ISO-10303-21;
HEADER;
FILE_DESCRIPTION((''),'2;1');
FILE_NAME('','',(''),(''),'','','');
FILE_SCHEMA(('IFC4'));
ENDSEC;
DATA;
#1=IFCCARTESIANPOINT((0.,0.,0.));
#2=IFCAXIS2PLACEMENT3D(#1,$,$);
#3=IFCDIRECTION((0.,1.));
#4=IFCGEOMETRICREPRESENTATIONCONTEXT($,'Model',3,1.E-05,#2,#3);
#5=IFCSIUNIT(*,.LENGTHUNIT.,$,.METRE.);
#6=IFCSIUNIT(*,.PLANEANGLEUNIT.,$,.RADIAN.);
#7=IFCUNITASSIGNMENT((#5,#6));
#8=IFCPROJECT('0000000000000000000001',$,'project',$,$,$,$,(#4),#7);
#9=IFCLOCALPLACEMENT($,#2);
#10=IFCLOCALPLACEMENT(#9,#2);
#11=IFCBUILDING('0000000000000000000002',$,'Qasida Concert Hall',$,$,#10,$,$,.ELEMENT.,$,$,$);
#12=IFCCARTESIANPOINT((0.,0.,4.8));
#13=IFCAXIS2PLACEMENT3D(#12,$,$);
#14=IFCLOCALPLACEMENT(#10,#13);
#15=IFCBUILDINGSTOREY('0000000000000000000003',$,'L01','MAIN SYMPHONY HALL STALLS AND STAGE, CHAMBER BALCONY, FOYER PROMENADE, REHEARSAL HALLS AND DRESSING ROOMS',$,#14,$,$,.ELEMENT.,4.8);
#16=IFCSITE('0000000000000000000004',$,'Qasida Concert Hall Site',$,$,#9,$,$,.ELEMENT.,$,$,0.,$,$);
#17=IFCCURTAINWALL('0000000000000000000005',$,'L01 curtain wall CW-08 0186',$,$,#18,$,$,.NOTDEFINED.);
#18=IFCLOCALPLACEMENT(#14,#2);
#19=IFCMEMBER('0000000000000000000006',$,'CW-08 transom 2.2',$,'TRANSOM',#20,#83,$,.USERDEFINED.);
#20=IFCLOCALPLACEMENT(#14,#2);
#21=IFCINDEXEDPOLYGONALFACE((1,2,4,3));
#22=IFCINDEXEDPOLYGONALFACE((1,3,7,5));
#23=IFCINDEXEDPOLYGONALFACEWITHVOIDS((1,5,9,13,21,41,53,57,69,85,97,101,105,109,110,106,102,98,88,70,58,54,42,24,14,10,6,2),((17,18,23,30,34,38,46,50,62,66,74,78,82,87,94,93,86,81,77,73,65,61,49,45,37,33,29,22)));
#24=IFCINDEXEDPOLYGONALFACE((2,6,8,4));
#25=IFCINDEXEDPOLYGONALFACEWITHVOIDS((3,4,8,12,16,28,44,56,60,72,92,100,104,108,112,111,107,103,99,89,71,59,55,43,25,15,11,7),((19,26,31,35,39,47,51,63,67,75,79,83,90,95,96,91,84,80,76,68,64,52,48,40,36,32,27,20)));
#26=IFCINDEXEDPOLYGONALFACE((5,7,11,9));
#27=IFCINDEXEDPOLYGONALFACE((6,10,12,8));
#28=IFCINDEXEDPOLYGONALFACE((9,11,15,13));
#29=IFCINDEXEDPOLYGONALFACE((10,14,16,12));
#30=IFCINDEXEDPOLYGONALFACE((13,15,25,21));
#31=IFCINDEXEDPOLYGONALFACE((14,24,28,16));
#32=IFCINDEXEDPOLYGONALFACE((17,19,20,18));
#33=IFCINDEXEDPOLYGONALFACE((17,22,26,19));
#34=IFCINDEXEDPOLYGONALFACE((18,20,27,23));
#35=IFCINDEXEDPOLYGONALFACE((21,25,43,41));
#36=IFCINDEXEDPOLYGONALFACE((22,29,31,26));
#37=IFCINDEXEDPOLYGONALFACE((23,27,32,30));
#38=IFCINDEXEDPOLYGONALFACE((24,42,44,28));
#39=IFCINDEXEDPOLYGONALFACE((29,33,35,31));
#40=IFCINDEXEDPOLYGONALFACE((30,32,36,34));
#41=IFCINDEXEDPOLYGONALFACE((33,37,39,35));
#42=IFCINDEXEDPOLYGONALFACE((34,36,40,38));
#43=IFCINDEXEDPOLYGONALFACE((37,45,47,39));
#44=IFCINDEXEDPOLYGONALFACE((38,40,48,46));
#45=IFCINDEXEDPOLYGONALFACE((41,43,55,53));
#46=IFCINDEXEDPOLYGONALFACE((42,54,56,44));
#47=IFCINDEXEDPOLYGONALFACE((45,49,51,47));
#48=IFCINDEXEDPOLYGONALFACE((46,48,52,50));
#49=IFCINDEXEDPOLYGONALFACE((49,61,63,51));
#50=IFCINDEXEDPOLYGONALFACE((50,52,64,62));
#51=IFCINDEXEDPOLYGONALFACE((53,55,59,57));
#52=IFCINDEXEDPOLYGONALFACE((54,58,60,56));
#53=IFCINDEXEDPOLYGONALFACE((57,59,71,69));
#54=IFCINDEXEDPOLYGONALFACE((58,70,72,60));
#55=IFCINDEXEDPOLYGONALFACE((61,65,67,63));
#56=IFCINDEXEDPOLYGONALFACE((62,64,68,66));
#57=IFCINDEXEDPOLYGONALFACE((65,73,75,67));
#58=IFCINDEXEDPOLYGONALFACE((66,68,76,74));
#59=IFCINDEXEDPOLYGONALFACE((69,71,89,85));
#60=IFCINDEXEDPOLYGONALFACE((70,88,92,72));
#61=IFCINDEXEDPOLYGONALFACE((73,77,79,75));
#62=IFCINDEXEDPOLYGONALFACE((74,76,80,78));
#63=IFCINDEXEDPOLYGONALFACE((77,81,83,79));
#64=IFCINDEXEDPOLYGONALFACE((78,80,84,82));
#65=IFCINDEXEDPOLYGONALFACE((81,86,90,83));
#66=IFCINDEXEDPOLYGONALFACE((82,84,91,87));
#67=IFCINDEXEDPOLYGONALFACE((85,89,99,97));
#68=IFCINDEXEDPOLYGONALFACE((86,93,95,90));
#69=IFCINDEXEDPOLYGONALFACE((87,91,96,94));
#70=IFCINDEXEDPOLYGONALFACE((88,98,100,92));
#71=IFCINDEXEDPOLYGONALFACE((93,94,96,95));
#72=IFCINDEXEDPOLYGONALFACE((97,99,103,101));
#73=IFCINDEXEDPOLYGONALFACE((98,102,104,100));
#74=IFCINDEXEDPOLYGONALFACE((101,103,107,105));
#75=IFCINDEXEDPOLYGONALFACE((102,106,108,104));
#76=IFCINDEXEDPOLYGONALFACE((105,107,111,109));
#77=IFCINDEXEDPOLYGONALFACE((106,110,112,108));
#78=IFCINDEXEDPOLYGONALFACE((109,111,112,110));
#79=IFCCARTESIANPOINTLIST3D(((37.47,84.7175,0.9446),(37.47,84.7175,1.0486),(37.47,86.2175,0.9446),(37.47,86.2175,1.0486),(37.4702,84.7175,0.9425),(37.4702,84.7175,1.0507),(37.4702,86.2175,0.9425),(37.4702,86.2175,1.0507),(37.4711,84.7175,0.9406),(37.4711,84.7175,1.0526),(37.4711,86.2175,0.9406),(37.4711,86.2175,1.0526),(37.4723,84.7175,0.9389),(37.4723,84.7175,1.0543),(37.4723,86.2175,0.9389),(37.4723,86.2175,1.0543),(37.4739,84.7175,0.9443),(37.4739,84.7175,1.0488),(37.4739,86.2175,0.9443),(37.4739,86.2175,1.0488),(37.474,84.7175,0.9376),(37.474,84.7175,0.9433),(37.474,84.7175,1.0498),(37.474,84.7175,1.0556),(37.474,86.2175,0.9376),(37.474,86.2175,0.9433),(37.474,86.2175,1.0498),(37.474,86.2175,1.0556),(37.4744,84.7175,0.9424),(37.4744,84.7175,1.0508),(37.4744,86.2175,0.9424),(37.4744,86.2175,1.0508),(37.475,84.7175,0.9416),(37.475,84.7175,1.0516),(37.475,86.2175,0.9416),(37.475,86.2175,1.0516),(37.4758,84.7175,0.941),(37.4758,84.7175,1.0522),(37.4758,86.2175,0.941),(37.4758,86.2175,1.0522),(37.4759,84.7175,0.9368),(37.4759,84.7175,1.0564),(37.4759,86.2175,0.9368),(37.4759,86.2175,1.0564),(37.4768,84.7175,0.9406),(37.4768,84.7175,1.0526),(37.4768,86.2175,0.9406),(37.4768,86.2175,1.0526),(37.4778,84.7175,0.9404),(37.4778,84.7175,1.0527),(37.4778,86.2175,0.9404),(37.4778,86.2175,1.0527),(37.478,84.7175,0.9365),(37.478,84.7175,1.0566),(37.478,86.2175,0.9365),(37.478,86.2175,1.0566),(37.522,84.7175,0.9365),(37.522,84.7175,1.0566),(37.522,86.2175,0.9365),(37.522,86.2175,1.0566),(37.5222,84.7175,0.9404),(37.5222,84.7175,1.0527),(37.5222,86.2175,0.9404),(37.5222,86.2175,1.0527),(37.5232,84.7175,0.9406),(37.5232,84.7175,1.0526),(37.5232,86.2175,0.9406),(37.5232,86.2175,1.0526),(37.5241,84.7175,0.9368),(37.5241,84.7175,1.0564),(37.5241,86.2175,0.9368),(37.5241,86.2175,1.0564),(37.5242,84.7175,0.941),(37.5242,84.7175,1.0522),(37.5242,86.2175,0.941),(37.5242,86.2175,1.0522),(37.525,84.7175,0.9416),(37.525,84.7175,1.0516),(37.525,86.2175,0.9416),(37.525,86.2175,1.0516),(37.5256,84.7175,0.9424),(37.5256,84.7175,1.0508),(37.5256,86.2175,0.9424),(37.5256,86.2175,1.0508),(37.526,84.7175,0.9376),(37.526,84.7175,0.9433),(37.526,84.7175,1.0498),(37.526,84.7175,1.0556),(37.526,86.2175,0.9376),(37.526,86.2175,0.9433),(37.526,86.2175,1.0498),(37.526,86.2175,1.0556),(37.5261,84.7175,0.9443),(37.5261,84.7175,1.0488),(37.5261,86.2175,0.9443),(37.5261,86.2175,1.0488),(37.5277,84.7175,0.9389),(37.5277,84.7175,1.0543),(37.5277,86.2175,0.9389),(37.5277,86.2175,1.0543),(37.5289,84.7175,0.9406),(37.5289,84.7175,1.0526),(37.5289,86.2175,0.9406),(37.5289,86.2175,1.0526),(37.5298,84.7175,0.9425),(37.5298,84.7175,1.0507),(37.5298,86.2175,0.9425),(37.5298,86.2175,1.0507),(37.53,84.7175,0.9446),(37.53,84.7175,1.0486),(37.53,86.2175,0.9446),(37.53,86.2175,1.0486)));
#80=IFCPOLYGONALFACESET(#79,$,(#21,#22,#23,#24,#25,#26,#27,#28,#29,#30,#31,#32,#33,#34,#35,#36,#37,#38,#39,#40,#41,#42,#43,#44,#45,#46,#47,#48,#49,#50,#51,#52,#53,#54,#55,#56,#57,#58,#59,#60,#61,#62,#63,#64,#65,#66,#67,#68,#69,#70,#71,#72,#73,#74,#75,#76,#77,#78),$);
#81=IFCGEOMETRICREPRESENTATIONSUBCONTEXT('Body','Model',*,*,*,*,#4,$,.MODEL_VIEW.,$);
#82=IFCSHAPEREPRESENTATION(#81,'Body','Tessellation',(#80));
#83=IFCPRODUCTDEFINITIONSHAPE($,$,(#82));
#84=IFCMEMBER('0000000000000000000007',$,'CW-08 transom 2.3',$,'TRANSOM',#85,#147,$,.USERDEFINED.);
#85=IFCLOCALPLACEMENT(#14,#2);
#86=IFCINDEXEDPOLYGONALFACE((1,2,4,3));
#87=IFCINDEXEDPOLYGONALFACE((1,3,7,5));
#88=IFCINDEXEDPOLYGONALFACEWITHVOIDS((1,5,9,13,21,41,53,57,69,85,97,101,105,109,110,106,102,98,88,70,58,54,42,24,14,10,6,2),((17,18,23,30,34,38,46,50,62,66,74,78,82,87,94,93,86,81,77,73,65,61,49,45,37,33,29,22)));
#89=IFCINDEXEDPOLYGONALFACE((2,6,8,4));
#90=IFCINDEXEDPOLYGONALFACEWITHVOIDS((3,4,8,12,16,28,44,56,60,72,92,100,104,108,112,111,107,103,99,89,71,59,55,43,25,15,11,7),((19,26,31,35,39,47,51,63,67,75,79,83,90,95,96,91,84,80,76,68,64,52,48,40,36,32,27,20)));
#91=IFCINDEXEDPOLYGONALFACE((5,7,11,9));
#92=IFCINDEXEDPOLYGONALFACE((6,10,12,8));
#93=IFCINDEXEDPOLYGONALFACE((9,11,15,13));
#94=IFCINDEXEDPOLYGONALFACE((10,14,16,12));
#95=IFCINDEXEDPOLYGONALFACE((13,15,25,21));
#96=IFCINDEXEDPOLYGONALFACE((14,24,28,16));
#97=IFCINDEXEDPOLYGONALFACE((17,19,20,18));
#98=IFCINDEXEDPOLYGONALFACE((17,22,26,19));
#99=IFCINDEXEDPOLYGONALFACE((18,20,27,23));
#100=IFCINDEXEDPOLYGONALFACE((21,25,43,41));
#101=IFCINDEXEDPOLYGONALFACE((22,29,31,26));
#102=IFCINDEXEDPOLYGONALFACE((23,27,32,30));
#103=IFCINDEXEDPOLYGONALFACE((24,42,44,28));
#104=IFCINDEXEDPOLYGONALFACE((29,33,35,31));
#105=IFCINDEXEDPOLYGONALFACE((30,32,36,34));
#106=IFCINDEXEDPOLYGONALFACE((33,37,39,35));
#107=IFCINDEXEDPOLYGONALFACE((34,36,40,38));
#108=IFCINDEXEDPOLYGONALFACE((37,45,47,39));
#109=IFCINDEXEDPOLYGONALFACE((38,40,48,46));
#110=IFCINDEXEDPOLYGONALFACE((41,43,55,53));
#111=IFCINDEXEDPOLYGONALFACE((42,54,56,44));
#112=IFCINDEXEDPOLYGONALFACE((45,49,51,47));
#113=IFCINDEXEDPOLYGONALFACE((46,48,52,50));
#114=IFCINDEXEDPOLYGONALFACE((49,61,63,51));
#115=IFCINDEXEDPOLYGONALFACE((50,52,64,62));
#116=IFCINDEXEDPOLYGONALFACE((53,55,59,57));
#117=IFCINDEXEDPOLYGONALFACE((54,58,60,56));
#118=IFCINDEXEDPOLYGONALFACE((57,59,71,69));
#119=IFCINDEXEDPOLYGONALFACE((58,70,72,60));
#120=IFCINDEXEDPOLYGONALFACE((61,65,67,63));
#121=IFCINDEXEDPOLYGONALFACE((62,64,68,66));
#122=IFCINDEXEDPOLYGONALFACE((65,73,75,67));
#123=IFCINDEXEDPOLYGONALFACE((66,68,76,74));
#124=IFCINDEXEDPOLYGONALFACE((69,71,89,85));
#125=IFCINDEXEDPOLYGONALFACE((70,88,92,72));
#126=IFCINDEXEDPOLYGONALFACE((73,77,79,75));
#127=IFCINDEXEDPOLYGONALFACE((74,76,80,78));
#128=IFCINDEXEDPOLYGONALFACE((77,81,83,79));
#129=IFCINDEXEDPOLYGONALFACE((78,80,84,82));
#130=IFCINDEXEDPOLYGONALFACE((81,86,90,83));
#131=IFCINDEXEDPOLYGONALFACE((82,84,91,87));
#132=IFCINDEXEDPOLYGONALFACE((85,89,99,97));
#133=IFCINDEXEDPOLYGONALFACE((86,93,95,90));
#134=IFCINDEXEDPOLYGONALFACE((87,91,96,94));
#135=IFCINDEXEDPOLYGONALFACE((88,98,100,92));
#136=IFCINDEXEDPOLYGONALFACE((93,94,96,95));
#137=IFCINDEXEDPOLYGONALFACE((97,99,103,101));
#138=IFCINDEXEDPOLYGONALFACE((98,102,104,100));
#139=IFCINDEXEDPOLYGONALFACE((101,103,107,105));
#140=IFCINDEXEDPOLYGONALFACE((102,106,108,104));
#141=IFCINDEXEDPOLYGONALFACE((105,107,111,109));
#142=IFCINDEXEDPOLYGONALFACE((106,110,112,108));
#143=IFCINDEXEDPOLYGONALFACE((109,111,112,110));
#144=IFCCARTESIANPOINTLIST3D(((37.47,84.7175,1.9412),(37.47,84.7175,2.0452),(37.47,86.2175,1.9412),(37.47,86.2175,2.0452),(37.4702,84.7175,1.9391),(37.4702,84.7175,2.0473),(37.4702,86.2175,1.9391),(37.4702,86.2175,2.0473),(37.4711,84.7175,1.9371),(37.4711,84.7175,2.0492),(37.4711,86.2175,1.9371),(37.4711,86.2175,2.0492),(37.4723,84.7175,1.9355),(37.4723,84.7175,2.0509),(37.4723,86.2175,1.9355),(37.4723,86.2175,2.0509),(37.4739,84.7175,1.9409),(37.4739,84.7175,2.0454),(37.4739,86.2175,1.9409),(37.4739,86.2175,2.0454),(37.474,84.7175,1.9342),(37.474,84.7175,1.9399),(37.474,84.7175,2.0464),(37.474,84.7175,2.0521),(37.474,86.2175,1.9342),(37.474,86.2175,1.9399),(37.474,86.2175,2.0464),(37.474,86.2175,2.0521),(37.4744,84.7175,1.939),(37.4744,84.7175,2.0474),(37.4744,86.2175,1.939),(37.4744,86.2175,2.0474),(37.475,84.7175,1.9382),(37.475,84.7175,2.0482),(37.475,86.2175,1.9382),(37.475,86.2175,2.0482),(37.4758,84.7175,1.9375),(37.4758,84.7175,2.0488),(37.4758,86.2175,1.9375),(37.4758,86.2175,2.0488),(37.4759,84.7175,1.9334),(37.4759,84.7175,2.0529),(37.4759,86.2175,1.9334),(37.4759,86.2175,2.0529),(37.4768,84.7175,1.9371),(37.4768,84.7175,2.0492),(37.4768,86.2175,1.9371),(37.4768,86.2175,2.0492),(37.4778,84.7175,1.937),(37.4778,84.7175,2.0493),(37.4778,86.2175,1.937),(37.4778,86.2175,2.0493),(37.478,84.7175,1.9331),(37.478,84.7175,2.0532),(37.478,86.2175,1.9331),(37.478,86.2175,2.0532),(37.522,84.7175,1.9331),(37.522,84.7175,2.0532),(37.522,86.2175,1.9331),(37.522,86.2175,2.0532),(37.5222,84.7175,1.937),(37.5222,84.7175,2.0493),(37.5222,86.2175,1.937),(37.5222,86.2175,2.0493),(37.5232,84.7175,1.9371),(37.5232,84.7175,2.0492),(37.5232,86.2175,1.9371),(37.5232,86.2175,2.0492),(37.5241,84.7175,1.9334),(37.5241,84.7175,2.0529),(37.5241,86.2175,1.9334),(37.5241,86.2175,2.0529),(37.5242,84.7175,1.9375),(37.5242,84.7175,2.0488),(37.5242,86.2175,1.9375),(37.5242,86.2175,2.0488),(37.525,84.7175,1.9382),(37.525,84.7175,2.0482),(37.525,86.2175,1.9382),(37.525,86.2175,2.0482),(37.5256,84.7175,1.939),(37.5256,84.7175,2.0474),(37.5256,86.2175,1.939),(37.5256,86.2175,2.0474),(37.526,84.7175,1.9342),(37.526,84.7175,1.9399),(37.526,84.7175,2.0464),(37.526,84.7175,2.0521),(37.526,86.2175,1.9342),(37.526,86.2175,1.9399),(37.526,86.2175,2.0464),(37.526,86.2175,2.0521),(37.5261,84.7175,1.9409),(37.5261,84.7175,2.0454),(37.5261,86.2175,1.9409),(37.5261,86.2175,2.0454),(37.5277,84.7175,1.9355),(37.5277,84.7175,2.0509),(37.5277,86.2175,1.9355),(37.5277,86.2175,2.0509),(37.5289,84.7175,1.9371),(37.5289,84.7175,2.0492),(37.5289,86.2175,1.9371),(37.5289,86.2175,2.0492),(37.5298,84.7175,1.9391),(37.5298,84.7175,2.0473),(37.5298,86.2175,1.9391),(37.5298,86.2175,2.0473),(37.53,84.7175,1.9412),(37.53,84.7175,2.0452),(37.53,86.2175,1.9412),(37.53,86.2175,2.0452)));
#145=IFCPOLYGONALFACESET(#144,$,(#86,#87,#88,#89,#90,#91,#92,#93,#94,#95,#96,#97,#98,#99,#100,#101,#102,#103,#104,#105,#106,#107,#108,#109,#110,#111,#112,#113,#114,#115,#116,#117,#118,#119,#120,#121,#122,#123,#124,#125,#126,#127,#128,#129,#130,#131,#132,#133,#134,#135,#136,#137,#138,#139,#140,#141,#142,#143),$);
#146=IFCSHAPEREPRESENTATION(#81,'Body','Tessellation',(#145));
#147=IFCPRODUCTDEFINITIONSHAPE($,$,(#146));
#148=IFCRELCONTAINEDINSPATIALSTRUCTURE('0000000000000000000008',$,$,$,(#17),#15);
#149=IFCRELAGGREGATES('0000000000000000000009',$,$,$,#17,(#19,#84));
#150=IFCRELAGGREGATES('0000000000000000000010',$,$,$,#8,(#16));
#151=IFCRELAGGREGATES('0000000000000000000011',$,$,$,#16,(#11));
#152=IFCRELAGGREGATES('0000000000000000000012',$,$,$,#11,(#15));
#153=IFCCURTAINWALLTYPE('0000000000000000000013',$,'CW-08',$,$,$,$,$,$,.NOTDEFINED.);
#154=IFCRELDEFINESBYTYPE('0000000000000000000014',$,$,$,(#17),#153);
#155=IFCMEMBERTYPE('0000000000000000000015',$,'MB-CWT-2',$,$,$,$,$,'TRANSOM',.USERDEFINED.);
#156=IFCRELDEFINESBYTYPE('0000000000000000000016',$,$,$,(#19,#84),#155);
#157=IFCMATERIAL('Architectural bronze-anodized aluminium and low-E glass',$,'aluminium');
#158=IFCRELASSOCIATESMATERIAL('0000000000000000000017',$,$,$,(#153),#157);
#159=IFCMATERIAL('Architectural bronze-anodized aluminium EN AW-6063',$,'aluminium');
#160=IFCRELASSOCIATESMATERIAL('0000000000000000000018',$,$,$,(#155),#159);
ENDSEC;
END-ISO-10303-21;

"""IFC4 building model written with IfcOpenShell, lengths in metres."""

from ifc_helpers import new_model, si_unit, direction, frame, origin, origin_2d, place, context, subcontext, project, spatial, hollow_rectangle, extrude, material, material_profile, profile_set, type_object, element, aggregate, save


model = new_model("IFC4")

# Units and contexts
model_context = context("Model", 3, precision=1e-05, world=origin(), true_north=direction((0.0, 1.0)))
body_context = subcontext(model_context, "Body", "Model", "MODEL_VIEW")
ifc_project = project(units=[si_unit("LENGTHUNIT", "METRE"), si_unit("PLANEANGLEUNIT", "RADIAN")], contexts=[model_context])

# Site, building, storey
site_placement = place(None, origin())
site = spatial("IfcSite", under=ifc_project, at=site_placement, Name="Qasida Concert Hall Site", CompositionType="ELEMENT", RefElevation=0.0)
building_placement = place(site_placement, origin())
building = spatial("IfcBuilding", under=site, at=building_placement, Name="Qasida Concert Hall", CompositionType="ELEMENT")
storey_placement = place(building_placement, frame((0.0, 0.0, 4.8)))
storey = spatial("IfcBuildingStorey", under=building, at=storey_placement, Name="L01", Description="MAIN SYMPHONY HALL STALLS AND STAGE, CHAMBER BALCONY, FOYER PROMENADE, REHEARSAL HALLS AND DRESSING ROOMS", CompositionType="ELEMENT", Elevation=4.8)

# Curtain wall, members
ifc_material_1 = material(Name="Architectural bronze-anodized aluminium and low-E glass", Category="aluminium")
curtain_wall_type = type_object("IfcCurtainWallType", Name="CW-08", PredefinedType="NOTDEFINED", material=ifc_material_1)
curtain_wall_placement = place(storey_placement, origin())
curtain_wall = element("IfcCurtainWall", 1, at=curtain_wall_placement, inside=storey, type_object=curtain_wall_type, Name="L01 curtain wall CW-08 0186", PredefinedType="NOTDEFINED")
ifc_material_2 = material(Name="Architectural bronze-anodized aluminium EN AW-6063", Category="aluminium")
ifc_material_profile_1 = material_profile(ifc_material_2, hollow_rectangle(XDim=0.0601, YDim=0.1201, WallThickness=0.0039, InnerFilletRadius=0.0039, OuterFilletRadius=0.0081, at=origin_2d()), Name="CWT 120x60x4")
ifc_profile_set_1 = profile_set([ifc_material_profile_1], Name="Architectural bronze-anodized aluminium EN AW-6063")
member_type_1 = type_object("IfcMemberType", Name="MB-CWT-2", ElementType="TRANSOM", PredefinedType="USERDEFINED", material=ifc_profile_set_1)
member_1_placement = place(storey_placement, frame((37.5, 84.7175, 0.9966), z_axis=(0.0, 1.0, 0.0), x_axis=(-1.0, 0.0, 0.0)))
member_1 = element("IfcMember", 2, at=member_1_placement, type_object=member_type_1, Name="CW-08 transom 2.2", ObjectType="TRANSOM", PredefinedType="USERDEFINED", context=body_context, shape_type="SweptSolid", body=[
    extrude(hollow_rectangle(XDim=0.0601, YDim=0.1201, WallThickness=0.0039, InnerFilletRadius=0.0039, OuterFilletRadius=0.0081, at=origin_2d()), origin(), (0.0, 0.0, 1.0), 1.5),
])
member_2_placement = place(storey_placement, frame((37.5, 84.7175, 1.9932), z_axis=(0.0, 1.0, 0.0), x_axis=(-1.0, 0.0, 0.0)))
member_2 = element("IfcMember", 3, at=member_2_placement, type_object=member_type_1, Name="CW-08 transom 2.3", ObjectType="TRANSOM", PredefinedType="USERDEFINED", context=body_context, shape_type="SweptSolid", body=[
    extrude(hollow_rectangle(XDim=0.0601, YDim=0.1201, WallThickness=0.0039, InnerFilletRadius=0.0039, OuterFilletRadius=0.0081, at=origin_2d()), origin(), (0.0, 0.0, 1.0), 1.5),
])
aggregate(curtain_wall, [member_1, member_2])

save(model, "model.ifc")
